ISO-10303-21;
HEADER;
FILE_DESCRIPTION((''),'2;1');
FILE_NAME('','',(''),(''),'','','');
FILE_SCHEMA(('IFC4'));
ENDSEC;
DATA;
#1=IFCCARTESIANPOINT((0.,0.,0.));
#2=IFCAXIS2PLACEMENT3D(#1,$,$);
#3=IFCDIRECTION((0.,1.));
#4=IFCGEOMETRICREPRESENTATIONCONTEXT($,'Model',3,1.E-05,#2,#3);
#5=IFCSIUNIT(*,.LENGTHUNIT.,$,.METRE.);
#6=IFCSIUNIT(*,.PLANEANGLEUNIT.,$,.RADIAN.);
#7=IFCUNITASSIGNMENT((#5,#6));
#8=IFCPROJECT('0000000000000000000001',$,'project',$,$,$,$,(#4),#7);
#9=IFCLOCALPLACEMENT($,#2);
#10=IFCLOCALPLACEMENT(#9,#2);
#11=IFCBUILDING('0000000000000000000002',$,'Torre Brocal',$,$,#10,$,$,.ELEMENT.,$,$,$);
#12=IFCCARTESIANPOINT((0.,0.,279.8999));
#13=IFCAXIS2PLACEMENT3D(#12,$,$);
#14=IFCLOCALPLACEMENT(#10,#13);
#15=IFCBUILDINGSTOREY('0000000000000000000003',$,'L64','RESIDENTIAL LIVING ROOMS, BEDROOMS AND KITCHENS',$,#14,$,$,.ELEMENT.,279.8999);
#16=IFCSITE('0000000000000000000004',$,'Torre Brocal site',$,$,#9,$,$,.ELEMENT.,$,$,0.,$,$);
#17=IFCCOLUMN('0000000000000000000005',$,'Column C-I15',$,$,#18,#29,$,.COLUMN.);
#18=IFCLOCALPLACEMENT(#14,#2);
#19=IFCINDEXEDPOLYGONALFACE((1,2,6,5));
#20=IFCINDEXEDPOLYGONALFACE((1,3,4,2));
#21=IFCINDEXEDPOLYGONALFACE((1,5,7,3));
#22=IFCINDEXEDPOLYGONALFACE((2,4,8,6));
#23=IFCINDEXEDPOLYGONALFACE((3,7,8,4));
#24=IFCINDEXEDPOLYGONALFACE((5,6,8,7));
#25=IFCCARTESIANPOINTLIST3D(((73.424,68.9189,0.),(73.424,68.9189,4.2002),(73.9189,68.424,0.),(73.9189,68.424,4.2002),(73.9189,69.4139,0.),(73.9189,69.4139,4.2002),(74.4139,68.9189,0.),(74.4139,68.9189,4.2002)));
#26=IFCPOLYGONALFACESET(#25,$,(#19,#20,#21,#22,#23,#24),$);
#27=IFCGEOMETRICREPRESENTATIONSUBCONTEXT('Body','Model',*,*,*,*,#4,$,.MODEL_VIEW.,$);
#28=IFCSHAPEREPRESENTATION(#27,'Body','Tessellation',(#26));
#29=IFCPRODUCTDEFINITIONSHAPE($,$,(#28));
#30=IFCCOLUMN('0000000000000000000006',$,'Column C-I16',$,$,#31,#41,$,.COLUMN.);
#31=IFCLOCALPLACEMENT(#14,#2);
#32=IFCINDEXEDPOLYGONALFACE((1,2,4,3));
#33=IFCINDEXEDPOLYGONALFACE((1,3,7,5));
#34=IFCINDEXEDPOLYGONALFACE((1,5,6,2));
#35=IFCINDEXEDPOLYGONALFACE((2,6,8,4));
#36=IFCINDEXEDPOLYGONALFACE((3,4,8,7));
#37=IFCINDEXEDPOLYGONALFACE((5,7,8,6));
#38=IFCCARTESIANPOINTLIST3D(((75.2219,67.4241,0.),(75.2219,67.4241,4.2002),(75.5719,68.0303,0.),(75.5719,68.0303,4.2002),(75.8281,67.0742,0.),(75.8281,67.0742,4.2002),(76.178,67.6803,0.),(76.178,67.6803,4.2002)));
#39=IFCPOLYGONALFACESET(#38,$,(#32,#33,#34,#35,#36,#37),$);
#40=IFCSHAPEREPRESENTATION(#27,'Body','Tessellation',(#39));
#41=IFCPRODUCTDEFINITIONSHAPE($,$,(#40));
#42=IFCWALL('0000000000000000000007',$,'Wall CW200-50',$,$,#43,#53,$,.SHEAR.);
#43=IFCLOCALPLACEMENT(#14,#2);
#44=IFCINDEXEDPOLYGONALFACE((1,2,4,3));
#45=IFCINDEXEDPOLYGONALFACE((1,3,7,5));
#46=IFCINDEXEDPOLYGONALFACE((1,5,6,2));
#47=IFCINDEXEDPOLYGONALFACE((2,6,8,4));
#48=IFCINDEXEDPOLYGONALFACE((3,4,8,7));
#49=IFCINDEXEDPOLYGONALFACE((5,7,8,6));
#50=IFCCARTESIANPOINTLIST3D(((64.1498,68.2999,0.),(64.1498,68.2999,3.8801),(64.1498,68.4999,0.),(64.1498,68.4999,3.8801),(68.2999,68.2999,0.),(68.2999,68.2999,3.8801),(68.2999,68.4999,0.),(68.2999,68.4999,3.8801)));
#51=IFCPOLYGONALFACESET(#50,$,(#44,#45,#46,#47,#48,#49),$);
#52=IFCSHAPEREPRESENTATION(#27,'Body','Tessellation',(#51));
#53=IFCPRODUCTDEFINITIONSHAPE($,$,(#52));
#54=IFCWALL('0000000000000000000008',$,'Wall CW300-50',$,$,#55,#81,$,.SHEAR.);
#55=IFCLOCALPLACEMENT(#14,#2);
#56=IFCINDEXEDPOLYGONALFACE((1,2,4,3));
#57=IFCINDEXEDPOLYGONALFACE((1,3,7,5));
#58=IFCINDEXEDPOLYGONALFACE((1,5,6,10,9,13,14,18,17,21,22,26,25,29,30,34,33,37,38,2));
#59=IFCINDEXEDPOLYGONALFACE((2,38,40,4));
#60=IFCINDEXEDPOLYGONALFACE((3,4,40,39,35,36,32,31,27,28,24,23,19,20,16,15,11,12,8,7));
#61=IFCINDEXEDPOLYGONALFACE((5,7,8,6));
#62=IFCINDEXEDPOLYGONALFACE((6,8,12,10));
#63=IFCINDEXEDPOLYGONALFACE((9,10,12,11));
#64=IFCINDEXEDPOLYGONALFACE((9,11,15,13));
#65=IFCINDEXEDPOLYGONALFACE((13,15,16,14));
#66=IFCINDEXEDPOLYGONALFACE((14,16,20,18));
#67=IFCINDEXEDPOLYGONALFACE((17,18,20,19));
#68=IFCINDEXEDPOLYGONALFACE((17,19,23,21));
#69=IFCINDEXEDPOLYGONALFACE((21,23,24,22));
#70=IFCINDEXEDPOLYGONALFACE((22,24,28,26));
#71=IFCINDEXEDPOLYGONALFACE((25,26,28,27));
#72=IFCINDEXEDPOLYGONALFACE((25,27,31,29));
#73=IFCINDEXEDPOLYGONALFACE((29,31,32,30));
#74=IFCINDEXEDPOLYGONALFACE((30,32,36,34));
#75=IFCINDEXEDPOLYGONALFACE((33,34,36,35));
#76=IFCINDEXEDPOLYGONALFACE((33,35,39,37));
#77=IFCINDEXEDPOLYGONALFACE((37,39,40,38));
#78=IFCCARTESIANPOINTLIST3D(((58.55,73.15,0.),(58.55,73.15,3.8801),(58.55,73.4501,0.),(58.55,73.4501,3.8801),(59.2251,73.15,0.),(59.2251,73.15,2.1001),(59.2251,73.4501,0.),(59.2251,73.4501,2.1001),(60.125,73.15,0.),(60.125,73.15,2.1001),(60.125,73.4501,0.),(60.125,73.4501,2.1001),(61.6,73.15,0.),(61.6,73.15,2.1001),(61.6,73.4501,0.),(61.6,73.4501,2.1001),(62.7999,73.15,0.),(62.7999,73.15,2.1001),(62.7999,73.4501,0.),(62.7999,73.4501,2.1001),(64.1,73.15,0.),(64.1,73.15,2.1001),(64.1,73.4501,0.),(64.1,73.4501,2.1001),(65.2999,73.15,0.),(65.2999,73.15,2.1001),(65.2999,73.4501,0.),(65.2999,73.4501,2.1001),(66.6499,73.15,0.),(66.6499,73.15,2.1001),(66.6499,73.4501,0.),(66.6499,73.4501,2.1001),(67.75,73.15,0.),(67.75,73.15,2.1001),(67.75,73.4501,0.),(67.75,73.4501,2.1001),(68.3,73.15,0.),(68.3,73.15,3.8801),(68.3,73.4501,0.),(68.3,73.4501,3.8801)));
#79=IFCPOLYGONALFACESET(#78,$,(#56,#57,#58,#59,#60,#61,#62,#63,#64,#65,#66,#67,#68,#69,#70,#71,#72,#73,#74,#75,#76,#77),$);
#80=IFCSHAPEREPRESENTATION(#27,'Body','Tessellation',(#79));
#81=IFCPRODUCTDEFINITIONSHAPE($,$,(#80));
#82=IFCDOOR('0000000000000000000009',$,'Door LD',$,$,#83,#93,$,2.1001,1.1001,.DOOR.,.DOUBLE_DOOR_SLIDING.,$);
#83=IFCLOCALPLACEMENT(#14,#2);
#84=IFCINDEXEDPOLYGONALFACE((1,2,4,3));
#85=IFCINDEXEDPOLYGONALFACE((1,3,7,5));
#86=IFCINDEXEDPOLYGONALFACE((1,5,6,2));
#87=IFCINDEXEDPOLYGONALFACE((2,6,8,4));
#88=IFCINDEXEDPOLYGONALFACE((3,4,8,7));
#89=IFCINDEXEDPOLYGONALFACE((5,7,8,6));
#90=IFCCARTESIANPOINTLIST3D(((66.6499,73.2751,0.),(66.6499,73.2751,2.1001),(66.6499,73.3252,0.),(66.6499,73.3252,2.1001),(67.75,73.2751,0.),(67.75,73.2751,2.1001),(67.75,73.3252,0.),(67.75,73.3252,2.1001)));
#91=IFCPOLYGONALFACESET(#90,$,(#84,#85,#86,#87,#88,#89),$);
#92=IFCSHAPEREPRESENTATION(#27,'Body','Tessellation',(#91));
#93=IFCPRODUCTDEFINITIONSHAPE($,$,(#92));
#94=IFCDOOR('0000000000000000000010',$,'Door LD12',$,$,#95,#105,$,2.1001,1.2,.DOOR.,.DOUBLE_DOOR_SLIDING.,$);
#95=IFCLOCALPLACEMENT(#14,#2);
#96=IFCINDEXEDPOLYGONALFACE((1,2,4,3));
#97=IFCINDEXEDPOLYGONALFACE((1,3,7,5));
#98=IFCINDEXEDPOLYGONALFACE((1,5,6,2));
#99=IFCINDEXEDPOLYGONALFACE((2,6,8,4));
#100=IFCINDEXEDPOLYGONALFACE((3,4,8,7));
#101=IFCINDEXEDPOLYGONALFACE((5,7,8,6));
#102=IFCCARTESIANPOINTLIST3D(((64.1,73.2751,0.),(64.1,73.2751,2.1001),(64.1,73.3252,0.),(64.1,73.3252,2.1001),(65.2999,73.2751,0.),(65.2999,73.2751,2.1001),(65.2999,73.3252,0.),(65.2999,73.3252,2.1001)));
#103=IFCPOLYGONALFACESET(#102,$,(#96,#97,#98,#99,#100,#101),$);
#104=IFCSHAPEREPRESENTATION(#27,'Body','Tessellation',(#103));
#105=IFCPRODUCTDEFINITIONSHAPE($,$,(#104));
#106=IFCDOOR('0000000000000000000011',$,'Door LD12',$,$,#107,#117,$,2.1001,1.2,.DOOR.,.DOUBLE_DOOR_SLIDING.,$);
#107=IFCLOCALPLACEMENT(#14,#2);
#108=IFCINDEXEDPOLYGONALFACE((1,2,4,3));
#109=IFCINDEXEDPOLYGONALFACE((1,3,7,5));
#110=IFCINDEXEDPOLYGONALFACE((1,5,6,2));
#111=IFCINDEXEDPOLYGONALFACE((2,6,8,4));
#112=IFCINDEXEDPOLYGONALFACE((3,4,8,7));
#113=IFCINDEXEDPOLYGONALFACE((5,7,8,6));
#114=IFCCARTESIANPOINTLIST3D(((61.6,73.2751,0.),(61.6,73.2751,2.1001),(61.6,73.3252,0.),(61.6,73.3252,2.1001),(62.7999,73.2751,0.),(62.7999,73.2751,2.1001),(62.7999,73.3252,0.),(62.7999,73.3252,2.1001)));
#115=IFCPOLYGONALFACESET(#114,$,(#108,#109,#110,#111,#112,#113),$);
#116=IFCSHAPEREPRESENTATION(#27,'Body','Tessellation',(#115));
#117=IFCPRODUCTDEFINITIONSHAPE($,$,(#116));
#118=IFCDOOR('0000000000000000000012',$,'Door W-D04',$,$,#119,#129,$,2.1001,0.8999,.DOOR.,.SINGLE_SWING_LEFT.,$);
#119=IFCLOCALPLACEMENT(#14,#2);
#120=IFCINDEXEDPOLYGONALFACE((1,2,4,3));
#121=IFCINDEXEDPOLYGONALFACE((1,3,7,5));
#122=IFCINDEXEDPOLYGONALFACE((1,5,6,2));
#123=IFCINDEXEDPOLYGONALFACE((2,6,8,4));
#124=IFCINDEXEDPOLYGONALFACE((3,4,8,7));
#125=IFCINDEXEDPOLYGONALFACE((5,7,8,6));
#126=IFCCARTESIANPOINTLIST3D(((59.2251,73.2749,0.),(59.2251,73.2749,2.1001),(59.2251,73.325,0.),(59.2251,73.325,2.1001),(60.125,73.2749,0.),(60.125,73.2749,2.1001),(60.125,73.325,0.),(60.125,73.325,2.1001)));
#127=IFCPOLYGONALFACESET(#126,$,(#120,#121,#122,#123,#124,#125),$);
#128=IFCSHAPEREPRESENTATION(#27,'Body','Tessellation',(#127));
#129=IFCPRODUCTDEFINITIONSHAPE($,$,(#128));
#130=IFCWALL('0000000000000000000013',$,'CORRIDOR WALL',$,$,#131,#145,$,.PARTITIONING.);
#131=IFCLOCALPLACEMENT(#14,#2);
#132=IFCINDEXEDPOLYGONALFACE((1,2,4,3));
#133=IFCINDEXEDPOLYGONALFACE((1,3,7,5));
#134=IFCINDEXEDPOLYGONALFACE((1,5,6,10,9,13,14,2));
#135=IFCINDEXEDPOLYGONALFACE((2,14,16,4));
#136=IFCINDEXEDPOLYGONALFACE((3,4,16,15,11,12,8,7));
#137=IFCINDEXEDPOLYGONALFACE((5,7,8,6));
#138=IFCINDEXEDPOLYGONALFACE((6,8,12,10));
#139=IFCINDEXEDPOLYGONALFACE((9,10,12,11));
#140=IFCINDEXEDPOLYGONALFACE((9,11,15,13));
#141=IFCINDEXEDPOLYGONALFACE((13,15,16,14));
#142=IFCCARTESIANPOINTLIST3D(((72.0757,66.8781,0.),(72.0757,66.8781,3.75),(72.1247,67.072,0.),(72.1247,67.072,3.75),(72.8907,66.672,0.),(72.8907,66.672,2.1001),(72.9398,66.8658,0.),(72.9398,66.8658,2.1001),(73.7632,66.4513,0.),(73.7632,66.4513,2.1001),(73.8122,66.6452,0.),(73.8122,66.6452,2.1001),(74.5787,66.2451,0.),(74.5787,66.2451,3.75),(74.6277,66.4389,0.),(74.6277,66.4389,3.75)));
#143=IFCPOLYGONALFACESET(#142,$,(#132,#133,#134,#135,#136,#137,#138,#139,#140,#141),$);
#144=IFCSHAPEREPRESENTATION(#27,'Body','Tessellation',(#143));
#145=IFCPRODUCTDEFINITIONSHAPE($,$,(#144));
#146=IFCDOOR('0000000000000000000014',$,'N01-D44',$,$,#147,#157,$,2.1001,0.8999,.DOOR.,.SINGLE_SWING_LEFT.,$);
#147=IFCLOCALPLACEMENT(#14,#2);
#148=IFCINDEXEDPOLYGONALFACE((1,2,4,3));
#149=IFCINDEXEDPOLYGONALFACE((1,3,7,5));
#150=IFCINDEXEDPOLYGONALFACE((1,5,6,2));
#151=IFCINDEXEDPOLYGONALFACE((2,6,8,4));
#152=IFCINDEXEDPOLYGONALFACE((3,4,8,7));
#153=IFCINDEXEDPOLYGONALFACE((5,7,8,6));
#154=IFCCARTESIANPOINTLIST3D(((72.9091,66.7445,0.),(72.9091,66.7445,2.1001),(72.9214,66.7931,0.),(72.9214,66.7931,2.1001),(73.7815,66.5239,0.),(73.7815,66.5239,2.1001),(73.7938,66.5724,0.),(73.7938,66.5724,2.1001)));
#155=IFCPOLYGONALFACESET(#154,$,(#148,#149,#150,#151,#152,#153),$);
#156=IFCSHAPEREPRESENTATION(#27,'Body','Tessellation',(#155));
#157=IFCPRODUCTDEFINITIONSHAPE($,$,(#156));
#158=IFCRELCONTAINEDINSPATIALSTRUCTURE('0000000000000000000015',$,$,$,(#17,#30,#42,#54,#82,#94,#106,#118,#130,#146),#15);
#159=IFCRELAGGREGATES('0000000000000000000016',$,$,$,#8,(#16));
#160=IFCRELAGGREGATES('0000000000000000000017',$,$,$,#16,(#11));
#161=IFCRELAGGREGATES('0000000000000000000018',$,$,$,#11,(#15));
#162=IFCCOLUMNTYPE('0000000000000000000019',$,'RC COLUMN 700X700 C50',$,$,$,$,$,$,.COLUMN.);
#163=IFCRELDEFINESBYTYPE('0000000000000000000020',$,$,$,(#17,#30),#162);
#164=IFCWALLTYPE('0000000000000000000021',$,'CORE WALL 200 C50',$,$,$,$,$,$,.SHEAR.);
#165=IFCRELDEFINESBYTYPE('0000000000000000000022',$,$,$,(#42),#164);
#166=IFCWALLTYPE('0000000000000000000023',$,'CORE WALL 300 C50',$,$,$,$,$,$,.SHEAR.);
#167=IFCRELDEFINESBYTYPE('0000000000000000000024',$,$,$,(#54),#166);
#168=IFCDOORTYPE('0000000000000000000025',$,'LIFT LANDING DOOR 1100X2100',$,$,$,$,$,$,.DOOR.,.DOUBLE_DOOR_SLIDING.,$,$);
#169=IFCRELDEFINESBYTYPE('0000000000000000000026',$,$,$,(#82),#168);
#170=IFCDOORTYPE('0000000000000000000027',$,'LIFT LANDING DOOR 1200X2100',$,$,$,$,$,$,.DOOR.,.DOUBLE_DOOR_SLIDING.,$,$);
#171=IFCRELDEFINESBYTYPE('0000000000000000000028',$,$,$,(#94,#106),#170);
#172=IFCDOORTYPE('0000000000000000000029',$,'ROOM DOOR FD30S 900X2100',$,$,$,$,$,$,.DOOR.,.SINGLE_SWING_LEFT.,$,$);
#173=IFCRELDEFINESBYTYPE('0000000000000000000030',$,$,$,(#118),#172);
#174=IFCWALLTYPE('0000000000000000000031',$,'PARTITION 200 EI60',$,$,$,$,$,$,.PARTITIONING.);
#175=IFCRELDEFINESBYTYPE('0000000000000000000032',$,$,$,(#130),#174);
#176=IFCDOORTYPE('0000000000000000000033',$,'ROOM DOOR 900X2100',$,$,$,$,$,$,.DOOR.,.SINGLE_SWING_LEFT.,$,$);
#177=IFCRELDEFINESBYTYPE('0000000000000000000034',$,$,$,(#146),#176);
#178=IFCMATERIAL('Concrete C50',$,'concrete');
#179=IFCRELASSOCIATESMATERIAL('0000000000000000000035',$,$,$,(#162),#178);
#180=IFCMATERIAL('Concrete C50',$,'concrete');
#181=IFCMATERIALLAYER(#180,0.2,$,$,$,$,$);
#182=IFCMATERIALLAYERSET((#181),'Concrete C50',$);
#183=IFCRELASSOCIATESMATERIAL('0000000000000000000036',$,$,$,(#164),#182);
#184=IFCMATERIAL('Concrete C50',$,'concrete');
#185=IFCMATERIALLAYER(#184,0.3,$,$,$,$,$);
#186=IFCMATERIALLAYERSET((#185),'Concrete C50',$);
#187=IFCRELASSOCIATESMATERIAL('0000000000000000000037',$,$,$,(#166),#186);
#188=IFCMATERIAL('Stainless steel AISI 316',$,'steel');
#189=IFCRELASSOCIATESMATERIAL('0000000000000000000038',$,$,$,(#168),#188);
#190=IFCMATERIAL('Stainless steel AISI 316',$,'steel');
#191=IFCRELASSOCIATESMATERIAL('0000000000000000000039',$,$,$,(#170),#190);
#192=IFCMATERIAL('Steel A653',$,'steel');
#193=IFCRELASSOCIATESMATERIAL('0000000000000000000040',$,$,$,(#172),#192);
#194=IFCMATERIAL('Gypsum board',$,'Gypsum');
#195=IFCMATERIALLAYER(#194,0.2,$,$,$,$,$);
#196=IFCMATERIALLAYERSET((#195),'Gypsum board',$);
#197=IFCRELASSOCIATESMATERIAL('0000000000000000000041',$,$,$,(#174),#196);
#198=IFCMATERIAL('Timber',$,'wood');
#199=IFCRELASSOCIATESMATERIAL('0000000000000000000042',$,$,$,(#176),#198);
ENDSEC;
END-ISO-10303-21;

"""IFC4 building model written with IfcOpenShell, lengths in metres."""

from ifc_helpers import new_model, si_unit, direction, frame, frame_2d, origin, origin_2d, place, context, subcontext, project, spatial, rectangle, extrude, material, layer, layer_set, material_profile, profile_set, type_object, element, fill, save


model = new_model("IFC4")

# Units and contexts
model_context = context("Model", 3, precision=1e-05, world=origin(), true_north=direction((0.0, 1.0)))
body_context = subcontext(model_context, "Body", "Model", "MODEL_VIEW")
ifc_project = project(units=[si_unit("LENGTHUNIT", "METRE"), si_unit("PLANEANGLEUNIT", "RADIAN")], contexts=[model_context])

# Site, building, storey
site_placement = place(None, origin())
site = spatial("IfcSite", under=ifc_project, at=site_placement, Name="Torre Brocal site", CompositionType="ELEMENT", RefElevation=0.0)
building_placement = place(site_placement, origin())
building = spatial("IfcBuilding", under=site, at=building_placement, Name="Torre Brocal", CompositionType="ELEMENT")
storey_placement = place(building_placement, frame((0.0, 0.0, 279.8999)))
storey = spatial("IfcBuildingStorey", under=building, at=storey_placement, Name="L64", Description="RESIDENTIAL LIVING ROOMS, BEDROOMS AND KITCHENS", CompositionType="ELEMENT", Elevation=279.8999)

# Columns
ifc_material_1 = material(Name="Concrete C50", Category="concrete")
ifc_material_profile = material_profile(ifc_material_1, rectangle(XDim=0.7, YDim=0.7, at=origin_2d()), Name="RC 700X700")
ifc_profile_set = profile_set([ifc_material_profile], Name="Concrete C50")
column_type = type_object("IfcColumnType", Name="RC COLUMN 700X700 C50", PredefinedType="COLUMN", material=ifc_profile_set)
for number, where, z_axis, x_axis, name in (
    (1, (73.9189, 68.9189, 0.0), (0.0, 0.0, 1.0), (-0.707107, -0.707107, 0.0), "Column C-I15"),
    (2, (75.7, 67.5522, 0.0), (0.0, 0.0, 1.0), (-0.5, -0.866025, 0.0), "Column C-I16"),
):
    element("IfcColumn", number, at=place(storey_placement, frame(where, z_axis=z_axis, x_axis=x_axis)), inside=storey, type_object=column_type, Name=name, PredefinedType="COLUMN", context=body_context, shape_type="SweptSolid", body=[
        extrude(rectangle(XDim=0.7, YDim=0.7, at=origin_2d()), origin(), (0.0, 0.0, 1.0), 4.2002),
    ])

# Wall
ifc_material_2 = material(Name="Concrete C50", Category="concrete")
ifc_layer_1 = layer(ifc_material_2, 0.2)
ifc_layer_set_1 = layer_set([ifc_layer_1], Name="Concrete C50")
wall_type_1 = type_object("IfcWallType", Name="CORE WALL 200 C50", PredefinedType="SHEAR", material=ifc_layer_set_1)
wall_1_placement = place(storey_placement, frame((68.3, 68.3999, 0.0), z_axis=(0.0, 0.0, 1.0), x_axis=(-1.0, 0.0, 0.0)))
element("IfcWall", 3, at=wall_1_placement, inside=storey, type_object=wall_type_1, Name="Wall CW200-50", PredefinedType="SHEAR", context=body_context, shape_type="SweptSolid", body=[
    extrude(rectangle(XDim=4.1501, YDim=0.2, at=frame_2d((2.0752, 0.0))), origin(), (0.0, 0.0, 1.0), 3.8801),
])

# Wall, openings, doors
ifc_material_3 = material(Name="Concrete C50", Category="concrete")
ifc_layer_2 = layer(ifc_material_3, 0.3)
ifc_layer_set_2 = layer_set([ifc_layer_2], Name="Concrete C50")
wall_type_2 = type_object("IfcWallType", Name="CORE WALL 300 C50", PredefinedType="SHEAR", material=ifc_layer_set_2)
wall_2_placement = place(storey_placement, frame((68.3, 73.3, 0.0), z_axis=(0.0, 0.0, 1.0), x_axis=(-1.0, 0.0, 0.0)))
wall_2 = element("IfcWall", 4, at=wall_2_placement, inside=storey, type_object=wall_type_2, Name="Wall CW300-50", PredefinedType="SHEAR", context=body_context, shape_type="SweptSolid", body=[
    extrude(rectangle(XDim=9.75, YDim=0.3, at=frame_2d((4.875, 0.0))), origin(), (0.0, 0.0, 1.0), 3.8801),
])
opening_1_placement = place(wall_2_placement, frame((0.55, 0.0, 0.0)))
opening_1 = element("IfcOpeningElement", 5, at=opening_1_placement, cuts=wall_2, PredefinedType="OPENING", context=body_context, shape_type="SweptSolid", body=[
    extrude(rectangle(XDim=1.1001, YDim=2.1001, at=frame_2d((0.55, 1.05))), frame((0.0, 0.1599, 0.0), z_axis=(0.0, -1.0, 0.0), x_axis=(1.0, 0.0, 0.0)), (0.0, 0.0, 1.0), 0.3201),
])
opening_2_placement = place(wall_2_placement, frame((3.0, 0.0, 0.0)))
opening_2 = element("IfcOpeningElement", 6, at=opening_2_placement, cuts=wall_2, PredefinedType="OPENING", context=body_context, shape_type="SweptSolid", body=[
    extrude(rectangle(XDim=1.2, YDim=2.1001, at=frame_2d((0.6001, 1.05))), frame((0.0, 0.1599, 0.0), z_axis=(0.0, -1.0, 0.0), x_axis=(1.0, 0.0, 0.0)), (0.0, 0.0, 1.0), 0.3201),
])
opening_3_placement = place(wall_2_placement, frame((5.5, 0.0, 0.0)))
opening_3 = element("IfcOpeningElement", 7, at=opening_3_placement, cuts=wall_2, PredefinedType="OPENING", context=body_context, shape_type="SweptSolid", body=[
    extrude(rectangle(XDim=1.2, YDim=2.1001, at=frame_2d((0.6001, 1.05))), frame((0.0, 0.1599, 0.0), z_axis=(0.0, -1.0, 0.0), x_axis=(1.0, 0.0, 0.0)), (0.0, 0.0, 1.0), 0.3201),
])
opening_4_placement = place(wall_2_placement, frame((8.175, 0.0, 0.0)))
opening_4 = element("IfcOpeningElement", 8, at=opening_4_placement, cuts=wall_2, PredefinedType="OPENING", context=body_context, shape_type="SweptSolid", body=[
    extrude(rectangle(XDim=0.8999, YDim=2.1001, at=frame_2d((0.45, 1.05))), frame((0.0, 0.1599, 0.0), z_axis=(0.0, -1.0, 0.0), x_axis=(1.0, 0.0, 0.0)), (0.0, 0.0, 1.0), 0.3201),
])
ifc_material_4 = material(Name="Stainless steel AISI 316", Category="steel")
door_type_1 = type_object("IfcDoorType", Name="LIFT LANDING DOOR 1100X2100", OperationType="DOUBLE_DOOR_SLIDING", PredefinedType="DOOR", material=ifc_material_4)
door_1_placement = place(opening_1_placement, origin())
door_1 = element("IfcDoor", 9, at=door_1_placement, inside=storey, type_object=door_type_1, Name="Door LD", OperationType="DOUBLE_DOOR_SLIDING", OverallHeight=2.1001, OverallWidth=1.1001, PredefinedType="DOOR", context=body_context, shape_type="SweptSolid", body=[
    extrude(rectangle(XDim=1.1001, YDim=2.1001, at=frame_2d((0.55, 1.05))), frame((0.0, 0.0249, 0.0), z_axis=(0.0, -1.0, 0.0), x_axis=(1.0, 0.0, 0.0)), (0.0, 0.0, 1.0), 0.05),
])
fill(opening_1, door_1)
ifc_material_5 = material(Name="Stainless steel AISI 316", Category="steel")
door_type_2 = type_object("IfcDoorType", Name="LIFT LANDING DOOR 1200X2100", OperationType="DOUBLE_DOOR_SLIDING", PredefinedType="DOOR", material=ifc_material_5)
door_2_placement = place(opening_2_placement, origin())
door_2 = element("IfcDoor", 10, at=door_2_placement, inside=storey, type_object=door_type_2, Name="Door LD12", OperationType="DOUBLE_DOOR_SLIDING", OverallHeight=2.1001, OverallWidth=1.2, PredefinedType="DOOR", context=body_context, shape_type="SweptSolid", body=[
    extrude(rectangle(XDim=1.2, YDim=2.1001, at=frame_2d((0.6001, 1.05))), frame((0.0, 0.0249, 0.0), z_axis=(0.0, -1.0, 0.0), x_axis=(1.0, 0.0, 0.0)), (0.0, 0.0, 1.0), 0.05),
])
fill(opening_2, door_2)
door_3_placement = place(opening_3_placement, origin())
door_3 = element("IfcDoor", 11, at=door_3_placement, inside=storey, type_object=door_type_2, Name="Door LD12", OperationType="DOUBLE_DOOR_SLIDING", OverallHeight=2.1001, OverallWidth=1.2, PredefinedType="DOOR", context=body_context, shape_type="SweptSolid", body=[
    extrude(rectangle(XDim=1.2, YDim=2.1001, at=frame_2d((0.6001, 1.05))), frame((0.0, 0.0249, 0.0), z_axis=(0.0, -1.0, 0.0), x_axis=(1.0, 0.0, 0.0)), (0.0, 0.0, 1.0), 0.05),
])
fill(opening_3, door_3)
ifc_material_6 = material(Name="Steel A653", Category="steel")
door_type_3 = type_object("IfcDoorType", Name="ROOM DOOR FD30S 900X2100", OperationType="SINGLE_SWING_LEFT", PredefinedType="DOOR", material=ifc_material_6)
door_4_placement = place(opening_4_placement, frame((0.8999, 0.0, 0.0), z_axis=(0.0, 0.0, 1.0), x_axis=(-1.0, 0.0, 0.0)))
door_4 = element("IfcDoor", 12, at=door_4_placement, inside=storey, type_object=door_type_3, Name="Door W-D04", OperationType="SINGLE_SWING_LEFT", OverallHeight=2.1001, OverallWidth=0.8999, PredefinedType="DOOR", context=body_context, shape_type="SweptSolid", body=[
    extrude(rectangle(XDim=0.8999, YDim=2.1001, at=frame_2d((0.45, 1.05))), frame((0.0, 0.0249, 0.0), z_axis=(0.0, -1.0, 0.0), x_axis=(1.0, 0.0, 0.0)), (0.0, 0.0, 1.0), 0.05),
])
fill(opening_4, door_4)

# Wall, opening, door
ifc_material_7 = material(Name="Gypsum board", Category="Gypsum")
ifc_layer_3 = layer(ifc_material_7, 0.2)
ifc_layer_set_3 = layer_set([ifc_layer_3], Name="Gypsum board")
wall_type_3 = type_object("IfcWallType", Name="PARTITION 200 EI60", PredefinedType="PARTITIONING", material=ifc_layer_set_3)
wall_3_placement = place(storey_placement, frame((72.1001, 66.9751, 0.0), z_axis=(0.0, 0.0, 1.0), x_axis=(0.969471, -0.245205, 0.0)))
wall_3 = element("IfcWall", 13, at=wall_3_placement, inside=storey, type_object=wall_type_3, Name="CORRIDOR WALL", PredefinedType="PARTITIONING", context=body_context, shape_type="SweptSolid", body=[
    extrude(rectangle(XDim=2.5818, YDim=0.2, at=frame_2d((1.291, 0.0))), origin(), (0.0, 0.0, 1.0), 3.75),
])
opening_5_placement = place(wall_3_placement, frame((0.8408, 0.0, 0.0)))
opening_5 = element("IfcOpeningElement", 14, at=opening_5_placement, cuts=wall_3, PredefinedType="OPENING", context=body_context, shape_type="SweptSolid", body=[
    extrude(rectangle(XDim=0.8999, YDim=2.1001, at=frame_2d((0.45, 1.05))), frame((0.0, 0.1099, 0.0), z_axis=(0.0, -1.0, 0.0), x_axis=(1.0, 0.0, 0.0)), (0.0, 0.0, 1.0), 0.22),
])
ifc_material_8 = material(Name="Timber", Category="wood")
door_type_4 = type_object("IfcDoorType", Name="ROOM DOOR 900X2100", OperationType="SINGLE_SWING_LEFT", PredefinedType="DOOR", material=ifc_material_8)
door_5_placement = place(opening_5_placement, origin())
door_5 = element("IfcDoor", 15, at=door_5_placement, inside=storey, type_object=door_type_4, Name="N01-D44", OperationType="SINGLE_SWING_LEFT", OverallHeight=2.1001, OverallWidth=0.8999, PredefinedType="DOOR", context=body_context, shape_type="SweptSolid", body=[
    extrude(rectangle(XDim=0.8999, YDim=2.1001, at=frame_2d((0.45, 1.05))), frame((0.0, 0.0249, 0.0), z_axis=(0.0, -1.0, 0.0), x_axis=(1.0, 0.0, 0.0)), (0.0, 0.0, 1.0), 0.05),
])
fill(opening_5, door_5)

save(model, "model.ifc")
